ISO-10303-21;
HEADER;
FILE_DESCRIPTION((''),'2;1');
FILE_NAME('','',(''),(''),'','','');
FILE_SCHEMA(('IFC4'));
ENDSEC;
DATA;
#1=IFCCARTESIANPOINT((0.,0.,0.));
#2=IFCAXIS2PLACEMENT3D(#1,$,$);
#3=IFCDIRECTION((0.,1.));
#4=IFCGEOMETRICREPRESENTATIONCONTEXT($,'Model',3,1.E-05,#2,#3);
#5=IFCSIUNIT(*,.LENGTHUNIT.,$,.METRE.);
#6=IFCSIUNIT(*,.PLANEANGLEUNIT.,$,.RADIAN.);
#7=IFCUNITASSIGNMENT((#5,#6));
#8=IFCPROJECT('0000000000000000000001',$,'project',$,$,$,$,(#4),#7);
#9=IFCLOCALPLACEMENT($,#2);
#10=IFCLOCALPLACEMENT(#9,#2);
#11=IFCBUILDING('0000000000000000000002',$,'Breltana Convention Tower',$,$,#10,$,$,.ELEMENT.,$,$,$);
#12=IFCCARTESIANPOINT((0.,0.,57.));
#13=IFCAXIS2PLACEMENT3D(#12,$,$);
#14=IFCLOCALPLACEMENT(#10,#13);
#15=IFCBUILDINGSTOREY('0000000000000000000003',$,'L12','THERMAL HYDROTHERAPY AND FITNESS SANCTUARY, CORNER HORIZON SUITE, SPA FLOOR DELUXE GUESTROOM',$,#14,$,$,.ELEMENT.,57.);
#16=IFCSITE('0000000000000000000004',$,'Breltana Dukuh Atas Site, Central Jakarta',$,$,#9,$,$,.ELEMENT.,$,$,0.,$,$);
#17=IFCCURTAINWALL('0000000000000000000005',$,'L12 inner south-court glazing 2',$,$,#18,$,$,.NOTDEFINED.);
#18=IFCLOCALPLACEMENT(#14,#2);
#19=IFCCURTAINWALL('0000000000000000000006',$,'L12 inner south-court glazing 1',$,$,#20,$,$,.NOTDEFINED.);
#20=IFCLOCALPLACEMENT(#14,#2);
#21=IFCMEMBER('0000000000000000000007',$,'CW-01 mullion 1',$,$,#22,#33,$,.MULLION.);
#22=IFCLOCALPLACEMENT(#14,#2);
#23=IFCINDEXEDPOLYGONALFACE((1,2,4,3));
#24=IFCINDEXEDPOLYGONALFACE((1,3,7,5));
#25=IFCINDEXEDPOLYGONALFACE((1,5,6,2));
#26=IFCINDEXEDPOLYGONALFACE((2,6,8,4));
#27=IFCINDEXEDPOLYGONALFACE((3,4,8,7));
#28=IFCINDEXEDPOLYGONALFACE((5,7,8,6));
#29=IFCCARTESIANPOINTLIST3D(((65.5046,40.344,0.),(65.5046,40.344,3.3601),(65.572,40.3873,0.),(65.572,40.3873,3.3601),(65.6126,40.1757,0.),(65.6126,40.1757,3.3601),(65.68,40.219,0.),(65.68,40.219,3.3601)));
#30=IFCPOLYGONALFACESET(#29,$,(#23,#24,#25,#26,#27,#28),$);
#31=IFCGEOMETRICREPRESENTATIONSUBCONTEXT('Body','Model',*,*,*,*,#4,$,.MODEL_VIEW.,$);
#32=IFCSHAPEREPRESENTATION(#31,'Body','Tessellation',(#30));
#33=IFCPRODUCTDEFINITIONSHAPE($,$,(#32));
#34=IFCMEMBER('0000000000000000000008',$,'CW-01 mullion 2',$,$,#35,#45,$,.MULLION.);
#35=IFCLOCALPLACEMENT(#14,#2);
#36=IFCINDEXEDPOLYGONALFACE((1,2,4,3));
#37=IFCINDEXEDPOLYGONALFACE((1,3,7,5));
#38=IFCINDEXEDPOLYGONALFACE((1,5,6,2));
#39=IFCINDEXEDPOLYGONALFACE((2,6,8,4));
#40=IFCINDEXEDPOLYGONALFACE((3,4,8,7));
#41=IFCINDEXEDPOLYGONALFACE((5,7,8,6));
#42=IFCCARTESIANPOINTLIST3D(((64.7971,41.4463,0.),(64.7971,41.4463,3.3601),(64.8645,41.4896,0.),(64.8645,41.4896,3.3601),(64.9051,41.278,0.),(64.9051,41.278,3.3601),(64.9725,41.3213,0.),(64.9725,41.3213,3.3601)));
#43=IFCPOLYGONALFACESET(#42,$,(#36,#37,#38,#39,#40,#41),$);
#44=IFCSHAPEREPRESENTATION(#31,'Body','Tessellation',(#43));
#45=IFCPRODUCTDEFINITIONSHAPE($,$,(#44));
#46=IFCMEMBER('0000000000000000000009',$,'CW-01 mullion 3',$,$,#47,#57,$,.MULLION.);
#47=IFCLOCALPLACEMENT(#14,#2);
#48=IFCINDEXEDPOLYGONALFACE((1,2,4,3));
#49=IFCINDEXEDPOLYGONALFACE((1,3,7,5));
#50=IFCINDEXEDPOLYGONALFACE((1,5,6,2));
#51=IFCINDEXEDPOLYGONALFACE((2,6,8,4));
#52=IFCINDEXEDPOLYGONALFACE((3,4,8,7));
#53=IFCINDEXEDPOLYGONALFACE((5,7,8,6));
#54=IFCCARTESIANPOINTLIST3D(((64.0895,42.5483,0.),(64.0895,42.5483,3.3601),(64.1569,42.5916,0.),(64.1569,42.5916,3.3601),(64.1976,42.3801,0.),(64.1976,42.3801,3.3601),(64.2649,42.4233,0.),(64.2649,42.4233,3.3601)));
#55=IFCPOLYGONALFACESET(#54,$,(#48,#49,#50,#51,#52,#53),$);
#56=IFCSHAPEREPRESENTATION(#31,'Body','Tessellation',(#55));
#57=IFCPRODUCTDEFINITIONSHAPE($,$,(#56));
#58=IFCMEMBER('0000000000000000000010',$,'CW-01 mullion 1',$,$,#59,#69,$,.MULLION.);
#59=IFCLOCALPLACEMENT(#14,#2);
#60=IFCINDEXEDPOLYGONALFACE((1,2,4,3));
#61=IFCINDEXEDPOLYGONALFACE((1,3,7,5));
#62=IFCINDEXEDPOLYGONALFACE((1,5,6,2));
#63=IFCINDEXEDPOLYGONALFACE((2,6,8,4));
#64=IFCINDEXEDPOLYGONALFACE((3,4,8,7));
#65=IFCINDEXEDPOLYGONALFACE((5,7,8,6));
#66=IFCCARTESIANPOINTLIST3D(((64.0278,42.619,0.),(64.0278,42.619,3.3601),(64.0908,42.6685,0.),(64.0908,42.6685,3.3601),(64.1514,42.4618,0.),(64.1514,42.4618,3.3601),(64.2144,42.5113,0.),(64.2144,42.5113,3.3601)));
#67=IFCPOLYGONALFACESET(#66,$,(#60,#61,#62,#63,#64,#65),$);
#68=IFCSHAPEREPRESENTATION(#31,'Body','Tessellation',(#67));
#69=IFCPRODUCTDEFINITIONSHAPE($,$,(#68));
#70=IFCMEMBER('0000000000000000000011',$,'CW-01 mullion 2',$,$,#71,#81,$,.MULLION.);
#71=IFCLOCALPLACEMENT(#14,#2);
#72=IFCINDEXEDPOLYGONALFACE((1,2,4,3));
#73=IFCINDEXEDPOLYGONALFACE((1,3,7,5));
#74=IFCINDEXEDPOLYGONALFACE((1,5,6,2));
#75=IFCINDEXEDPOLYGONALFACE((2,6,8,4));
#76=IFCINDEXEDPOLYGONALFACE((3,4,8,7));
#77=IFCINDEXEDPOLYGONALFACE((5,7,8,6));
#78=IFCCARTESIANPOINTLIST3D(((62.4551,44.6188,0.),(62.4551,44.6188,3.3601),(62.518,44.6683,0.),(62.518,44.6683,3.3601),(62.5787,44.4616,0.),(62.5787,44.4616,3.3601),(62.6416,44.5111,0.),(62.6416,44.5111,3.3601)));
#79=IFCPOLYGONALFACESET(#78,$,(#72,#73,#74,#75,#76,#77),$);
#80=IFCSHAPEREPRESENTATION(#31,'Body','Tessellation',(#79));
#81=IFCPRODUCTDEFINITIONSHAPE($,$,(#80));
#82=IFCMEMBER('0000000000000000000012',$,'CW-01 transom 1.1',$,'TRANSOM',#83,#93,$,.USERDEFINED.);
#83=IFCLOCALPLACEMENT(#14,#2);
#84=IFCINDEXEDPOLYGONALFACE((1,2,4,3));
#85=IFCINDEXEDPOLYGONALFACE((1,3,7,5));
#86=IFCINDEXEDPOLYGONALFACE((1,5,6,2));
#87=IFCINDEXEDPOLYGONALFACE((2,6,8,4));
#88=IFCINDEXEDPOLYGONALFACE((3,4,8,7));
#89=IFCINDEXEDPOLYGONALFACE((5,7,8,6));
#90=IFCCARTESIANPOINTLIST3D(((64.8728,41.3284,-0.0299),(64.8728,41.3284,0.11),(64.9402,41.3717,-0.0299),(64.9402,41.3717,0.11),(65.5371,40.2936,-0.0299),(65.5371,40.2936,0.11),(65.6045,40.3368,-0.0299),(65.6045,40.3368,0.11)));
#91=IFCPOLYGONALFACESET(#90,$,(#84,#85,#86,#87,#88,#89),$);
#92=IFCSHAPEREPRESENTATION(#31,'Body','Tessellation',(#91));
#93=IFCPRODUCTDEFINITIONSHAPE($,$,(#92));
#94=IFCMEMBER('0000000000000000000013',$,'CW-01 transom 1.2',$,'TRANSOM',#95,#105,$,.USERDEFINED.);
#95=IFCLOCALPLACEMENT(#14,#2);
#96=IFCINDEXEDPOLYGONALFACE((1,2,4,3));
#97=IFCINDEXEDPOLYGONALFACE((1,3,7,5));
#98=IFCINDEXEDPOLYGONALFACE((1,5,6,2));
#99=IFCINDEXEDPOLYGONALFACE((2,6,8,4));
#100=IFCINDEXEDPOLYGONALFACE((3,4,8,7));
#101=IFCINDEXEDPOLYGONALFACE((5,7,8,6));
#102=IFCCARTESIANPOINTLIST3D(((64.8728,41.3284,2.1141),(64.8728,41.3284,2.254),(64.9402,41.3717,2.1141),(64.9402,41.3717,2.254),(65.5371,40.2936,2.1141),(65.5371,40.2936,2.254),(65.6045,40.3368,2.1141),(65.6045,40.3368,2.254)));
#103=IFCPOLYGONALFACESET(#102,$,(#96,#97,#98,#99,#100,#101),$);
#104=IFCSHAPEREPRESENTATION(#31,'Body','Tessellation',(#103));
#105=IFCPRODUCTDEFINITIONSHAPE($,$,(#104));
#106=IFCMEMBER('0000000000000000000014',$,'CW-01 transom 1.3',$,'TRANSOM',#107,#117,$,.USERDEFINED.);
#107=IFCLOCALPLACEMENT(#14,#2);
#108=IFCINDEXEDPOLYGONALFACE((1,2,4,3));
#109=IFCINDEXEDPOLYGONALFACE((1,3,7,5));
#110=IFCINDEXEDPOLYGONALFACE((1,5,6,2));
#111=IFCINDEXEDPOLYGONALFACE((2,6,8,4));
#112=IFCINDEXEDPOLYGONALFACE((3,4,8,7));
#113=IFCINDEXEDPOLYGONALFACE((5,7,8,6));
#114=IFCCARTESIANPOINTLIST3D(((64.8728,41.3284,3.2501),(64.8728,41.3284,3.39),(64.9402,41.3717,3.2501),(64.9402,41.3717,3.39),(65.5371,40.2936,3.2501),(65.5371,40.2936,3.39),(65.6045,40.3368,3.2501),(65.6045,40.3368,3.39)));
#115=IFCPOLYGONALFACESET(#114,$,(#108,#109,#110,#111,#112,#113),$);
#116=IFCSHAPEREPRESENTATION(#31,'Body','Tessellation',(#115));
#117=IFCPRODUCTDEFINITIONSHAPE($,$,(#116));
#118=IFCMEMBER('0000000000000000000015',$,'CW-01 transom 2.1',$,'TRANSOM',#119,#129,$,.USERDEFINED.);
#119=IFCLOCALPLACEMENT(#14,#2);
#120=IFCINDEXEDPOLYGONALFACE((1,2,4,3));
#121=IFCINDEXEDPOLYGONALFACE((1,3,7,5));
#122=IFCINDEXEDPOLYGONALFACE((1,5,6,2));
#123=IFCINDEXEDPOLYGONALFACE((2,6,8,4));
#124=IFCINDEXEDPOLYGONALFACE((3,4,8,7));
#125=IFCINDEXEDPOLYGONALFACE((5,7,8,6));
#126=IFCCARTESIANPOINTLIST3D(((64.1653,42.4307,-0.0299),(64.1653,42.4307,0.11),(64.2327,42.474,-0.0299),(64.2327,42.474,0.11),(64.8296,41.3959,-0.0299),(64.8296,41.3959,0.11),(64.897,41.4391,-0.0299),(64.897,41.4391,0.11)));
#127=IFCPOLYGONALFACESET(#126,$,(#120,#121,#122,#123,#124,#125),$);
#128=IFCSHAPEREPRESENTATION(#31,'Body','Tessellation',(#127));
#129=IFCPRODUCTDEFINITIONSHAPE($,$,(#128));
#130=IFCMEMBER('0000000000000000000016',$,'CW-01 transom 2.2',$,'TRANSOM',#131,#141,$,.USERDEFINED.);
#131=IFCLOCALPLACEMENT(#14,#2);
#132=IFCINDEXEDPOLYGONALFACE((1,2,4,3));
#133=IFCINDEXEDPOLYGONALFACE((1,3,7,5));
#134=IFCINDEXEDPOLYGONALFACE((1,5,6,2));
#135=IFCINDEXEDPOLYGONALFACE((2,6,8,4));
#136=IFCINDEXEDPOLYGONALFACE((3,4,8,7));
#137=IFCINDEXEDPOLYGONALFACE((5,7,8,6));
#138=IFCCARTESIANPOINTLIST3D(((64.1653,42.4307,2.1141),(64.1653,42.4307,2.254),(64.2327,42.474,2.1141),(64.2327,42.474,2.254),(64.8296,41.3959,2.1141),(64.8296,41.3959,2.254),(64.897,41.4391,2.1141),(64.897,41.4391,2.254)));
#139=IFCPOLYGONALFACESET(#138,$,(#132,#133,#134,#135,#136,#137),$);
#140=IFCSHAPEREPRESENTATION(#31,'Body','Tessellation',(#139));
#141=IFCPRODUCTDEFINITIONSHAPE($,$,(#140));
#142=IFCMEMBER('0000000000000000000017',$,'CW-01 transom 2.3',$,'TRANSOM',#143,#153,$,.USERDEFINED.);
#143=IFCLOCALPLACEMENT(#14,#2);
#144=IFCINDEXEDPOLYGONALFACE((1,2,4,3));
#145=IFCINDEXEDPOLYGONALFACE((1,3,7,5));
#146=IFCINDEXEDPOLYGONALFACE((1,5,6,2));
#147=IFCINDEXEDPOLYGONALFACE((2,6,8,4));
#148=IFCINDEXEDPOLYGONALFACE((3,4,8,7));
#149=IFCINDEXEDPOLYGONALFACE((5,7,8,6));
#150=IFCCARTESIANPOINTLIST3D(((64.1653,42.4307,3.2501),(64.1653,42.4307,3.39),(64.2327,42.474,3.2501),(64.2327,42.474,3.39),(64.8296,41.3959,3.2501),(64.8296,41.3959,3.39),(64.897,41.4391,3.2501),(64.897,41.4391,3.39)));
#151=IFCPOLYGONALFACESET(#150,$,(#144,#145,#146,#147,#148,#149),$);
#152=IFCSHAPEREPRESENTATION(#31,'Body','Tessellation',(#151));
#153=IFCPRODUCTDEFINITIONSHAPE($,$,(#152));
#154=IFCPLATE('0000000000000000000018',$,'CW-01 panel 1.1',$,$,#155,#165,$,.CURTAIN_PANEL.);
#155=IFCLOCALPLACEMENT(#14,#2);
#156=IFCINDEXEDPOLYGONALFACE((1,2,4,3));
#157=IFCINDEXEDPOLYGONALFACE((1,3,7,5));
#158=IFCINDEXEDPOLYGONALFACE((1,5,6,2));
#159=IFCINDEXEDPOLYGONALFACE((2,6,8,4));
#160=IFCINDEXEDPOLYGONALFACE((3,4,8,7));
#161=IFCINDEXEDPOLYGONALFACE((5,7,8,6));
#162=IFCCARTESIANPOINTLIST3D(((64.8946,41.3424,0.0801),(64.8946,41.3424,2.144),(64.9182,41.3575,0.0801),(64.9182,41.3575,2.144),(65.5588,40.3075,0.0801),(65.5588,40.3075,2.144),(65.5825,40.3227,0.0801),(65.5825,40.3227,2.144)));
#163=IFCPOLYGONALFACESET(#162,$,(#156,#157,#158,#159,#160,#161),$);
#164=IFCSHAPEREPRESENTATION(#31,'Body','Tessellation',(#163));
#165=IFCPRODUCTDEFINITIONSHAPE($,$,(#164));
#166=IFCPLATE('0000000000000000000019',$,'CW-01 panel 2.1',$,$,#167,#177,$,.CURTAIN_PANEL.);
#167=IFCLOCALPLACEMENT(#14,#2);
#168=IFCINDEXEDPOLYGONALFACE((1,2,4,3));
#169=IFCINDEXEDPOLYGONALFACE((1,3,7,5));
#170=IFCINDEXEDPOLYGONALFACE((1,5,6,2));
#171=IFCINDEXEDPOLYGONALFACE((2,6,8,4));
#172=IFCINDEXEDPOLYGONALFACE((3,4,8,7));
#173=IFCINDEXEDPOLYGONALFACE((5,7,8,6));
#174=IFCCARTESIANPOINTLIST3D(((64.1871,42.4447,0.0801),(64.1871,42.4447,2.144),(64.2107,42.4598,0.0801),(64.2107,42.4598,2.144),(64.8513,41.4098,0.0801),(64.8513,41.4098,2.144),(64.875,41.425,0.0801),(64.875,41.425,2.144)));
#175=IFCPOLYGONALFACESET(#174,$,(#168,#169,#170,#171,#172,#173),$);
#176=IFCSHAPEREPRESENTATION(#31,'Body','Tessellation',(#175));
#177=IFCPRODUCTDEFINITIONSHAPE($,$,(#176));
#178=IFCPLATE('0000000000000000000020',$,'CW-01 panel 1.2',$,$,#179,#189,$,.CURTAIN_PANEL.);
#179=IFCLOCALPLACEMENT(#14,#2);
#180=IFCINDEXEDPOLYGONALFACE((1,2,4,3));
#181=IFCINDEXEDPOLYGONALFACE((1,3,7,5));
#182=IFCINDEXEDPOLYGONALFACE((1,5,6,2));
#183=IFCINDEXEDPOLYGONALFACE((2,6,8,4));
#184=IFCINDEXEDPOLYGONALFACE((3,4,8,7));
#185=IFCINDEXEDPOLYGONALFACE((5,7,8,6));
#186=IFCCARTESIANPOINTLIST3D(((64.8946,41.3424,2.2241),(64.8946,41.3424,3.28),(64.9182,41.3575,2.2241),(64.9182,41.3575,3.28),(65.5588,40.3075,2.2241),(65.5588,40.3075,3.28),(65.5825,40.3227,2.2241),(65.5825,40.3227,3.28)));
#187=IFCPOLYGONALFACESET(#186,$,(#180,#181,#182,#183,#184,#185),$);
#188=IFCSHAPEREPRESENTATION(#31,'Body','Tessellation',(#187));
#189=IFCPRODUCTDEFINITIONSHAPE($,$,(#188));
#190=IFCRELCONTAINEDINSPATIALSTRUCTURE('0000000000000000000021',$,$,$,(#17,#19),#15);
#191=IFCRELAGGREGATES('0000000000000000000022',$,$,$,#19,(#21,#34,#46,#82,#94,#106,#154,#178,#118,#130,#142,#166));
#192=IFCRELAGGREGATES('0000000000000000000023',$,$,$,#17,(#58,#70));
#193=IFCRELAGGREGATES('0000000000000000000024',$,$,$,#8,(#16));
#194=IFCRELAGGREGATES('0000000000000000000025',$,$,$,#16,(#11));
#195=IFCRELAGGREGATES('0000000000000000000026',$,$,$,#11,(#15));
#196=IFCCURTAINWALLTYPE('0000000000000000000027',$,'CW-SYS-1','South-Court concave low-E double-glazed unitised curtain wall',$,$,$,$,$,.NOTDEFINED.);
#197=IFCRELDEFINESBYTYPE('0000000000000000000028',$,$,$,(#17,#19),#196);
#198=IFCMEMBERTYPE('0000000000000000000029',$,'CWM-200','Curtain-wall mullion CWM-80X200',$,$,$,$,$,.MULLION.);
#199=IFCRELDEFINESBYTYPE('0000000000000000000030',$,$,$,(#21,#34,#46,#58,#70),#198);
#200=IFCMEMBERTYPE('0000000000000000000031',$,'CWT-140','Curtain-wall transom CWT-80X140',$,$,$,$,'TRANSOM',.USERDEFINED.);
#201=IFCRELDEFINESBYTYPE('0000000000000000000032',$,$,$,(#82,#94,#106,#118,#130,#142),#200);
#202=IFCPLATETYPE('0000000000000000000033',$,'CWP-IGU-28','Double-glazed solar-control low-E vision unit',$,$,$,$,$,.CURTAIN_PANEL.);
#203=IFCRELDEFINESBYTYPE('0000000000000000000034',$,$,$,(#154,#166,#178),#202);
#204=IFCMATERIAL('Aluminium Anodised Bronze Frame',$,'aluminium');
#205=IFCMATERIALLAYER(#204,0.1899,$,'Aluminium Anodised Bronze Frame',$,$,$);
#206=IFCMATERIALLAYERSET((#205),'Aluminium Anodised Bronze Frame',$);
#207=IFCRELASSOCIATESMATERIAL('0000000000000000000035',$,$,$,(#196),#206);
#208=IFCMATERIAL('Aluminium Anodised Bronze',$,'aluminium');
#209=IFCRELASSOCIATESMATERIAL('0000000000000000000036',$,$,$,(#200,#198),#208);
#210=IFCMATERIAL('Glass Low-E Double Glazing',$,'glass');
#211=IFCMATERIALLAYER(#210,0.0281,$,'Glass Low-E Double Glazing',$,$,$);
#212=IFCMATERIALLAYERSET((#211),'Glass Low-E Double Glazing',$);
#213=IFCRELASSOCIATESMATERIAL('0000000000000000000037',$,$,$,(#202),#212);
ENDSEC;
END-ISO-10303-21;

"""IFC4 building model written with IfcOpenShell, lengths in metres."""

from ifc_helpers import new_model, si_unit, direction, frame, origin, origin_2d, place, context, subcontext, project, spatial, rectangle, extrude, source, transform, mapped, material, layer, layer_set, material_profile, profile_set, type_object, element, aggregate, save


model = new_model("IFC4")

# Units and contexts
model_context = context("Model", 3, precision=1e-05, world=origin(), true_north=direction((0.0, 1.0)))
body_context = subcontext(model_context, "Body", "Model", "MODEL_VIEW")
ifc_project = project(units=[si_unit("LENGTHUNIT", "METRE"), si_unit("PLANEANGLEUNIT", "RADIAN")], contexts=[model_context])

# Site, building, storey
site_placement = place(None, origin())
site = spatial("IfcSite", under=ifc_project, at=site_placement, Name="Breltana Dukuh Atas Site, Central Jakarta", CompositionType="ELEMENT", RefElevation=0.0)
building_placement = place(site_placement, origin())
building = spatial("IfcBuilding", under=site, at=building_placement, Name="Breltana Convention Tower", CompositionType="ELEMENT")
storey_placement = place(building_placement, frame((0.0, 0.0, 57.0)))
storey = spatial("IfcBuildingStorey", under=building, at=storey_placement, Name="L12", Description="THERMAL HYDROTHERAPY AND FITNESS SANCTUARY, CORNER HORIZON SUITE, SPA FLOOR DELUXE GUESTROOM", CompositionType="ELEMENT", Elevation=57.0)

# Curtain walls, members
ifc_material_1 = material(Name="Aluminium Anodised Bronze Frame", Category="aluminium")
ifc_layer_1 = layer(ifc_material_1, 0.1899, Name="Aluminium Anodised Bronze Frame")
ifc_layer_set_1 = layer_set([ifc_layer_1], Name="Aluminium Anodised Bronze Frame")
curtain_wall_type = type_object("IfcCurtainWallType", Name="CW-SYS-1", Description="South-Court concave low-E double-glazed unitised curtain wall", PredefinedType="NOTDEFINED", material=ifc_layer_set_1)
curtain_wall_1_placement = place(storey_placement, origin())
curtain_wall_1 = element("IfcCurtainWall", 1, at=curtain_wall_1_placement, inside=storey, type_object=curtain_wall_type, Name="L12 inner south-court glazing 2", PredefinedType="NOTDEFINED")
ifc_material_2 = material(Name="Aluminium Anodised Bronze", Category="aluminium")
ifc_material_profile_1 = material_profile(ifc_material_2, rectangle(XDim=0.0801, YDim=0.1399, at=origin_2d()), Name="CWT-80X140")
ifc_profile_set_1 = profile_set([ifc_material_profile_1], Name="Aluminium Anodised Bronze")
member_type_1 = type_object("IfcMemberType", Name="CWT-140", Description="Curtain-wall transom CWT-80X140", ElementType="TRANSOM", PredefinedType="USERDEFINED", material=ifc_profile_set_1)
curtain_wall_2_placement = place(storey_placement, origin())
curtain_wall_2 = element("IfcCurtainWall", 2, at=curtain_wall_2_placement, inside=storey, type_object=curtain_wall_type, Name="L12 inner south-court glazing 1", PredefinedType="NOTDEFINED")
ifc_material_profile_2 = material_profile(ifc_material_2, rectangle(XDim=0.0801, YDim=0.2, at=origin_2d()), Name="CWM-80X200")
ifc_profile_set_2 = profile_set([ifc_material_profile_2], Name="Aluminium Anodised Bronze")
member_type_2 = type_object("IfcMemberType", Name="CWM-200", Description="Curtain-wall mullion CWM-80X200", PredefinedType="MULLION", material=ifc_profile_set_2)
shared_shape_1 = source(origin(), body_context, "Body", "SweptSolid", [
    extrude(rectangle(XDim=0.0801, YDim=0.2, at=origin_2d()), origin(), (0.0, 0.0, 1.0), 3.3601),
])
member_1_placement = place(storey_placement, frame((65.5923, 40.2815, 0.0), z_axis=(0.0, 0.0, 1.0), x_axis=(-0.841556, -0.54017, 0.0)))
member_1 = element("IfcMember", 3, at=member_1_placement, type_object=member_type_2, Name="CW-01 mullion 1", PredefinedType="MULLION", context=body_context, shape_type="MappedRepresentation", body=[
    mapped(shared_shape_1, transform((0.0, 0.0, 0.0), scale=1.0)),
])
member_2_placement = place(storey_placement, frame((64.8848, 41.3838, 0.0), z_axis=(0.0, 0.0, 1.0), x_axis=(-0.841556, -0.54017, 0.0)))
member_2 = element("IfcMember", 4, at=member_2_placement, type_object=member_type_2, Name="CW-01 mullion 2", PredefinedType="MULLION", context=body_context, shape_type="MappedRepresentation", body=[
    mapped(shared_shape_1, transform((0.0, 0.0, 0.0), scale=1.0)),
])
member_3_placement = place(storey_placement, frame((64.1772, 42.4858, 0.0), z_axis=(0.0, 0.0, 1.0), x_axis=(-0.841556, -0.54017, 0.0)))
member_3 = element("IfcMember", 5, at=member_3_placement, type_object=member_type_2, Name="CW-01 mullion 3", PredefinedType="MULLION", context=body_context, shape_type="MappedRepresentation", body=[
    mapped(shared_shape_1, transform((0.0, 0.0, 0.0), scale=1.0)),
])

# Members
member_4_placement = place(storey_placement, frame((64.1211, 42.5652, 0.0), z_axis=(0.0, 0.0, 1.0), x_axis=(-0.786058, -0.618153, 0.0)))
member_4 = element("IfcMember", 6, at=member_4_placement, type_object=member_type_2, Name="CW-01 mullion 1", PredefinedType="MULLION", context=body_context, shape_type="MappedRepresentation", body=[
    mapped(shared_shape_1, transform((0.0, 0.0, 0.0), scale=1.0)),
])
member_5_placement = place(storey_placement, frame((62.5483, 44.5649, 0.0), z_axis=(0.0, 0.0, 1.0), x_axis=(-0.786058, -0.618153, 0.0)))
member_5 = element("IfcMember", 7, at=member_5_placement, type_object=member_type_2, Name="CW-01 mullion 2", PredefinedType="MULLION", context=body_context, shape_type="MappedRepresentation", body=[
    mapped(shared_shape_1, transform((0.0, 0.0, 0.0), scale=1.0)),
])
shared_shape_2 = source(origin(), body_context, "Body", "SweptSolid", [
    extrude(rectangle(XDim=0.0801, YDim=0.1399, at=origin_2d()), origin(), (0.0, 0.0, 1.0), 1.2297),
])
member_6_placement = place(storey_placement, frame((65.5708, 40.3152, 0.04), z_axis=(-0.540186, 0.841546, 0.0), x_axis=(-0.841546, -0.540186, 0.0)))
member_6 = element("IfcMember", 8, at=member_6_placement, type_object=member_type_1, Name="CW-01 transom 1.1", ObjectType="TRANSOM", PredefinedType="USERDEFINED", context=body_context, shape_type="MappedRepresentation", body=[
    mapped(shared_shape_2, transform((0.0, 0.0, 0.0), scale=1.0)),
])
member_7_placement = place(storey_placement, frame((65.5708, 40.3152, 2.1841), z_axis=(-0.540186, 0.841546, 0.0), x_axis=(-0.841546, -0.540186, 0.0)))
member_7 = element("IfcMember", 9, at=member_7_placement, type_object=member_type_1, Name="CW-01 transom 1.2", ObjectType="TRANSOM", PredefinedType="USERDEFINED", context=body_context, shape_type="MappedRepresentation", body=[
    mapped(shared_shape_2, transform((0.0, 0.0, 0.0), scale=1.0)),
])
member_8_placement = place(storey_placement, frame((65.5708, 40.3152, 3.3201), z_axis=(-0.540186, 0.841546, 0.0), x_axis=(-0.841546, -0.540186, 0.0)))
member_8 = element("IfcMember", 10, at=member_8_placement, type_object=member_type_1, Name="CW-01 transom 1.3", ObjectType="TRANSOM", PredefinedType="USERDEFINED", context=body_context, shape_type="MappedRepresentation", body=[
    mapped(shared_shape_2, transform((0.0, 0.0, 0.0), scale=1.0)),
])
member_9_placement = place(storey_placement, frame((64.8633, 41.4175, 0.04), z_axis=(-0.540186, 0.841546, 0.0), x_axis=(-0.841546, -0.540186, 0.0)))
member_9 = element("IfcMember", 11, at=member_9_placement, type_object=member_type_1, Name="CW-01 transom 2.1", ObjectType="TRANSOM", PredefinedType="USERDEFINED", context=body_context, shape_type="MappedRepresentation", body=[
    mapped(shared_shape_2, transform((0.0, 0.0, 0.0), scale=1.0)),
])
member_10_placement = place(storey_placement, frame((64.8633, 41.4175, 2.1841), z_axis=(-0.540186, 0.841546, 0.0), x_axis=(-0.841546, -0.540186, 0.0)))
member_10 = element("IfcMember", 12, at=member_10_placement, type_object=member_type_1, Name="CW-01 transom 2.2", ObjectType="TRANSOM", PredefinedType="USERDEFINED", context=body_context, shape_type="MappedRepresentation", body=[
    mapped(shared_shape_2, transform((0.0, 0.0, 0.0), scale=1.0)),
])
member_11_placement = place(storey_placement, frame((64.8633, 41.4175, 3.3201), z_axis=(-0.540186, 0.841546, 0.0), x_axis=(-0.841546, -0.540186, 0.0)))
member_11 = element("IfcMember", 13, at=member_11_placement, type_object=member_type_1, Name="CW-01 transom 2.3", ObjectType="TRANSOM", PredefinedType="USERDEFINED", context=body_context, shape_type="MappedRepresentation", body=[
    mapped(shared_shape_2, transform((0.0, 0.0, 0.0), scale=1.0)),
])

# Plates
ifc_material_3 = material(Name="Glass Low-E Double Glazing", Category="glass")
ifc_layer_2 = layer(ifc_material_3, 0.0281, Name="Glass Low-E Double Glazing")
ifc_layer_set_2 = layer_set([ifc_layer_2], Name="Glass Low-E Double Glazing")
plate_type = type_object("IfcPlateType", Name="CWP-IGU-28", Description="Double-glazed solar-control low-E vision unit", PredefinedType="CURTAIN_PANEL", material=ifc_layer_set_2)
shared_shape_3 = source(origin(), body_context, "Body", "SweptSolid", [
    extrude(rectangle(XDim=1.2297, YDim=0.0281, at=origin_2d()), origin(), (0.0, 0.0, 1.0), 2.064),
])
plate_1_placement = place(storey_placement, frame((65.2385, 40.8325, 0.0801), z_axis=(0.0, 0.0, 1.0), x_axis=(-0.54017, 0.841556, 0.0)))
plate_1 = element("IfcPlate", 14, at=plate_1_placement, type_object=plate_type, Name="CW-01 panel 1.1", PredefinedType="CURTAIN_PANEL", context=body_context, shape_type="MappedRepresentation", body=[
    mapped(shared_shape_3, transform((0.0, 0.0, 0.0), scale=1.0)),
])
plate_2_placement = place(storey_placement, frame((64.531, 41.9348, 0.0801), z_axis=(0.0, 0.0, 1.0), x_axis=(-0.54017, 0.841556, 0.0)))
plate_2 = element("IfcPlate", 15, at=plate_2_placement, type_object=plate_type, Name="CW-01 panel 2.1", PredefinedType="CURTAIN_PANEL", context=body_context, shape_type="MappedRepresentation", body=[
    mapped(shared_shape_3, transform((0.0, 0.0, 0.0), scale=1.0)),
])
shared_shape_4 = source(origin(), body_context, "Body", "SweptSolid", [
    extrude(rectangle(XDim=1.2297, YDim=0.0281, at=origin_2d()), origin(), (0.0, 0.0, 1.0), 1.0559),
])
plate_3_placement = place(storey_placement, frame((65.2385, 40.8325, 2.2241), z_axis=(0.0, 0.0, 1.0), x_axis=(-0.54017, 0.841556, 0.0)))
plate_3 = element("IfcPlate", 16, at=plate_3_placement, type_object=plate_type, Name="CW-01 panel 1.2", PredefinedType="CURTAIN_PANEL", context=body_context, shape_type="MappedRepresentation", body=[
    mapped(shared_shape_4, transform((0.0, 0.0, 0.0), scale=1.0)),
])
aggregate(curtain_wall_2, [member_1, member_2, member_3, member_6, member_7, member_8, plate_1, plate_3, member_9, member_10, member_11, plate_2])
aggregate(curtain_wall_1, [member_4, member_5])

save(model, "model.ifc")
